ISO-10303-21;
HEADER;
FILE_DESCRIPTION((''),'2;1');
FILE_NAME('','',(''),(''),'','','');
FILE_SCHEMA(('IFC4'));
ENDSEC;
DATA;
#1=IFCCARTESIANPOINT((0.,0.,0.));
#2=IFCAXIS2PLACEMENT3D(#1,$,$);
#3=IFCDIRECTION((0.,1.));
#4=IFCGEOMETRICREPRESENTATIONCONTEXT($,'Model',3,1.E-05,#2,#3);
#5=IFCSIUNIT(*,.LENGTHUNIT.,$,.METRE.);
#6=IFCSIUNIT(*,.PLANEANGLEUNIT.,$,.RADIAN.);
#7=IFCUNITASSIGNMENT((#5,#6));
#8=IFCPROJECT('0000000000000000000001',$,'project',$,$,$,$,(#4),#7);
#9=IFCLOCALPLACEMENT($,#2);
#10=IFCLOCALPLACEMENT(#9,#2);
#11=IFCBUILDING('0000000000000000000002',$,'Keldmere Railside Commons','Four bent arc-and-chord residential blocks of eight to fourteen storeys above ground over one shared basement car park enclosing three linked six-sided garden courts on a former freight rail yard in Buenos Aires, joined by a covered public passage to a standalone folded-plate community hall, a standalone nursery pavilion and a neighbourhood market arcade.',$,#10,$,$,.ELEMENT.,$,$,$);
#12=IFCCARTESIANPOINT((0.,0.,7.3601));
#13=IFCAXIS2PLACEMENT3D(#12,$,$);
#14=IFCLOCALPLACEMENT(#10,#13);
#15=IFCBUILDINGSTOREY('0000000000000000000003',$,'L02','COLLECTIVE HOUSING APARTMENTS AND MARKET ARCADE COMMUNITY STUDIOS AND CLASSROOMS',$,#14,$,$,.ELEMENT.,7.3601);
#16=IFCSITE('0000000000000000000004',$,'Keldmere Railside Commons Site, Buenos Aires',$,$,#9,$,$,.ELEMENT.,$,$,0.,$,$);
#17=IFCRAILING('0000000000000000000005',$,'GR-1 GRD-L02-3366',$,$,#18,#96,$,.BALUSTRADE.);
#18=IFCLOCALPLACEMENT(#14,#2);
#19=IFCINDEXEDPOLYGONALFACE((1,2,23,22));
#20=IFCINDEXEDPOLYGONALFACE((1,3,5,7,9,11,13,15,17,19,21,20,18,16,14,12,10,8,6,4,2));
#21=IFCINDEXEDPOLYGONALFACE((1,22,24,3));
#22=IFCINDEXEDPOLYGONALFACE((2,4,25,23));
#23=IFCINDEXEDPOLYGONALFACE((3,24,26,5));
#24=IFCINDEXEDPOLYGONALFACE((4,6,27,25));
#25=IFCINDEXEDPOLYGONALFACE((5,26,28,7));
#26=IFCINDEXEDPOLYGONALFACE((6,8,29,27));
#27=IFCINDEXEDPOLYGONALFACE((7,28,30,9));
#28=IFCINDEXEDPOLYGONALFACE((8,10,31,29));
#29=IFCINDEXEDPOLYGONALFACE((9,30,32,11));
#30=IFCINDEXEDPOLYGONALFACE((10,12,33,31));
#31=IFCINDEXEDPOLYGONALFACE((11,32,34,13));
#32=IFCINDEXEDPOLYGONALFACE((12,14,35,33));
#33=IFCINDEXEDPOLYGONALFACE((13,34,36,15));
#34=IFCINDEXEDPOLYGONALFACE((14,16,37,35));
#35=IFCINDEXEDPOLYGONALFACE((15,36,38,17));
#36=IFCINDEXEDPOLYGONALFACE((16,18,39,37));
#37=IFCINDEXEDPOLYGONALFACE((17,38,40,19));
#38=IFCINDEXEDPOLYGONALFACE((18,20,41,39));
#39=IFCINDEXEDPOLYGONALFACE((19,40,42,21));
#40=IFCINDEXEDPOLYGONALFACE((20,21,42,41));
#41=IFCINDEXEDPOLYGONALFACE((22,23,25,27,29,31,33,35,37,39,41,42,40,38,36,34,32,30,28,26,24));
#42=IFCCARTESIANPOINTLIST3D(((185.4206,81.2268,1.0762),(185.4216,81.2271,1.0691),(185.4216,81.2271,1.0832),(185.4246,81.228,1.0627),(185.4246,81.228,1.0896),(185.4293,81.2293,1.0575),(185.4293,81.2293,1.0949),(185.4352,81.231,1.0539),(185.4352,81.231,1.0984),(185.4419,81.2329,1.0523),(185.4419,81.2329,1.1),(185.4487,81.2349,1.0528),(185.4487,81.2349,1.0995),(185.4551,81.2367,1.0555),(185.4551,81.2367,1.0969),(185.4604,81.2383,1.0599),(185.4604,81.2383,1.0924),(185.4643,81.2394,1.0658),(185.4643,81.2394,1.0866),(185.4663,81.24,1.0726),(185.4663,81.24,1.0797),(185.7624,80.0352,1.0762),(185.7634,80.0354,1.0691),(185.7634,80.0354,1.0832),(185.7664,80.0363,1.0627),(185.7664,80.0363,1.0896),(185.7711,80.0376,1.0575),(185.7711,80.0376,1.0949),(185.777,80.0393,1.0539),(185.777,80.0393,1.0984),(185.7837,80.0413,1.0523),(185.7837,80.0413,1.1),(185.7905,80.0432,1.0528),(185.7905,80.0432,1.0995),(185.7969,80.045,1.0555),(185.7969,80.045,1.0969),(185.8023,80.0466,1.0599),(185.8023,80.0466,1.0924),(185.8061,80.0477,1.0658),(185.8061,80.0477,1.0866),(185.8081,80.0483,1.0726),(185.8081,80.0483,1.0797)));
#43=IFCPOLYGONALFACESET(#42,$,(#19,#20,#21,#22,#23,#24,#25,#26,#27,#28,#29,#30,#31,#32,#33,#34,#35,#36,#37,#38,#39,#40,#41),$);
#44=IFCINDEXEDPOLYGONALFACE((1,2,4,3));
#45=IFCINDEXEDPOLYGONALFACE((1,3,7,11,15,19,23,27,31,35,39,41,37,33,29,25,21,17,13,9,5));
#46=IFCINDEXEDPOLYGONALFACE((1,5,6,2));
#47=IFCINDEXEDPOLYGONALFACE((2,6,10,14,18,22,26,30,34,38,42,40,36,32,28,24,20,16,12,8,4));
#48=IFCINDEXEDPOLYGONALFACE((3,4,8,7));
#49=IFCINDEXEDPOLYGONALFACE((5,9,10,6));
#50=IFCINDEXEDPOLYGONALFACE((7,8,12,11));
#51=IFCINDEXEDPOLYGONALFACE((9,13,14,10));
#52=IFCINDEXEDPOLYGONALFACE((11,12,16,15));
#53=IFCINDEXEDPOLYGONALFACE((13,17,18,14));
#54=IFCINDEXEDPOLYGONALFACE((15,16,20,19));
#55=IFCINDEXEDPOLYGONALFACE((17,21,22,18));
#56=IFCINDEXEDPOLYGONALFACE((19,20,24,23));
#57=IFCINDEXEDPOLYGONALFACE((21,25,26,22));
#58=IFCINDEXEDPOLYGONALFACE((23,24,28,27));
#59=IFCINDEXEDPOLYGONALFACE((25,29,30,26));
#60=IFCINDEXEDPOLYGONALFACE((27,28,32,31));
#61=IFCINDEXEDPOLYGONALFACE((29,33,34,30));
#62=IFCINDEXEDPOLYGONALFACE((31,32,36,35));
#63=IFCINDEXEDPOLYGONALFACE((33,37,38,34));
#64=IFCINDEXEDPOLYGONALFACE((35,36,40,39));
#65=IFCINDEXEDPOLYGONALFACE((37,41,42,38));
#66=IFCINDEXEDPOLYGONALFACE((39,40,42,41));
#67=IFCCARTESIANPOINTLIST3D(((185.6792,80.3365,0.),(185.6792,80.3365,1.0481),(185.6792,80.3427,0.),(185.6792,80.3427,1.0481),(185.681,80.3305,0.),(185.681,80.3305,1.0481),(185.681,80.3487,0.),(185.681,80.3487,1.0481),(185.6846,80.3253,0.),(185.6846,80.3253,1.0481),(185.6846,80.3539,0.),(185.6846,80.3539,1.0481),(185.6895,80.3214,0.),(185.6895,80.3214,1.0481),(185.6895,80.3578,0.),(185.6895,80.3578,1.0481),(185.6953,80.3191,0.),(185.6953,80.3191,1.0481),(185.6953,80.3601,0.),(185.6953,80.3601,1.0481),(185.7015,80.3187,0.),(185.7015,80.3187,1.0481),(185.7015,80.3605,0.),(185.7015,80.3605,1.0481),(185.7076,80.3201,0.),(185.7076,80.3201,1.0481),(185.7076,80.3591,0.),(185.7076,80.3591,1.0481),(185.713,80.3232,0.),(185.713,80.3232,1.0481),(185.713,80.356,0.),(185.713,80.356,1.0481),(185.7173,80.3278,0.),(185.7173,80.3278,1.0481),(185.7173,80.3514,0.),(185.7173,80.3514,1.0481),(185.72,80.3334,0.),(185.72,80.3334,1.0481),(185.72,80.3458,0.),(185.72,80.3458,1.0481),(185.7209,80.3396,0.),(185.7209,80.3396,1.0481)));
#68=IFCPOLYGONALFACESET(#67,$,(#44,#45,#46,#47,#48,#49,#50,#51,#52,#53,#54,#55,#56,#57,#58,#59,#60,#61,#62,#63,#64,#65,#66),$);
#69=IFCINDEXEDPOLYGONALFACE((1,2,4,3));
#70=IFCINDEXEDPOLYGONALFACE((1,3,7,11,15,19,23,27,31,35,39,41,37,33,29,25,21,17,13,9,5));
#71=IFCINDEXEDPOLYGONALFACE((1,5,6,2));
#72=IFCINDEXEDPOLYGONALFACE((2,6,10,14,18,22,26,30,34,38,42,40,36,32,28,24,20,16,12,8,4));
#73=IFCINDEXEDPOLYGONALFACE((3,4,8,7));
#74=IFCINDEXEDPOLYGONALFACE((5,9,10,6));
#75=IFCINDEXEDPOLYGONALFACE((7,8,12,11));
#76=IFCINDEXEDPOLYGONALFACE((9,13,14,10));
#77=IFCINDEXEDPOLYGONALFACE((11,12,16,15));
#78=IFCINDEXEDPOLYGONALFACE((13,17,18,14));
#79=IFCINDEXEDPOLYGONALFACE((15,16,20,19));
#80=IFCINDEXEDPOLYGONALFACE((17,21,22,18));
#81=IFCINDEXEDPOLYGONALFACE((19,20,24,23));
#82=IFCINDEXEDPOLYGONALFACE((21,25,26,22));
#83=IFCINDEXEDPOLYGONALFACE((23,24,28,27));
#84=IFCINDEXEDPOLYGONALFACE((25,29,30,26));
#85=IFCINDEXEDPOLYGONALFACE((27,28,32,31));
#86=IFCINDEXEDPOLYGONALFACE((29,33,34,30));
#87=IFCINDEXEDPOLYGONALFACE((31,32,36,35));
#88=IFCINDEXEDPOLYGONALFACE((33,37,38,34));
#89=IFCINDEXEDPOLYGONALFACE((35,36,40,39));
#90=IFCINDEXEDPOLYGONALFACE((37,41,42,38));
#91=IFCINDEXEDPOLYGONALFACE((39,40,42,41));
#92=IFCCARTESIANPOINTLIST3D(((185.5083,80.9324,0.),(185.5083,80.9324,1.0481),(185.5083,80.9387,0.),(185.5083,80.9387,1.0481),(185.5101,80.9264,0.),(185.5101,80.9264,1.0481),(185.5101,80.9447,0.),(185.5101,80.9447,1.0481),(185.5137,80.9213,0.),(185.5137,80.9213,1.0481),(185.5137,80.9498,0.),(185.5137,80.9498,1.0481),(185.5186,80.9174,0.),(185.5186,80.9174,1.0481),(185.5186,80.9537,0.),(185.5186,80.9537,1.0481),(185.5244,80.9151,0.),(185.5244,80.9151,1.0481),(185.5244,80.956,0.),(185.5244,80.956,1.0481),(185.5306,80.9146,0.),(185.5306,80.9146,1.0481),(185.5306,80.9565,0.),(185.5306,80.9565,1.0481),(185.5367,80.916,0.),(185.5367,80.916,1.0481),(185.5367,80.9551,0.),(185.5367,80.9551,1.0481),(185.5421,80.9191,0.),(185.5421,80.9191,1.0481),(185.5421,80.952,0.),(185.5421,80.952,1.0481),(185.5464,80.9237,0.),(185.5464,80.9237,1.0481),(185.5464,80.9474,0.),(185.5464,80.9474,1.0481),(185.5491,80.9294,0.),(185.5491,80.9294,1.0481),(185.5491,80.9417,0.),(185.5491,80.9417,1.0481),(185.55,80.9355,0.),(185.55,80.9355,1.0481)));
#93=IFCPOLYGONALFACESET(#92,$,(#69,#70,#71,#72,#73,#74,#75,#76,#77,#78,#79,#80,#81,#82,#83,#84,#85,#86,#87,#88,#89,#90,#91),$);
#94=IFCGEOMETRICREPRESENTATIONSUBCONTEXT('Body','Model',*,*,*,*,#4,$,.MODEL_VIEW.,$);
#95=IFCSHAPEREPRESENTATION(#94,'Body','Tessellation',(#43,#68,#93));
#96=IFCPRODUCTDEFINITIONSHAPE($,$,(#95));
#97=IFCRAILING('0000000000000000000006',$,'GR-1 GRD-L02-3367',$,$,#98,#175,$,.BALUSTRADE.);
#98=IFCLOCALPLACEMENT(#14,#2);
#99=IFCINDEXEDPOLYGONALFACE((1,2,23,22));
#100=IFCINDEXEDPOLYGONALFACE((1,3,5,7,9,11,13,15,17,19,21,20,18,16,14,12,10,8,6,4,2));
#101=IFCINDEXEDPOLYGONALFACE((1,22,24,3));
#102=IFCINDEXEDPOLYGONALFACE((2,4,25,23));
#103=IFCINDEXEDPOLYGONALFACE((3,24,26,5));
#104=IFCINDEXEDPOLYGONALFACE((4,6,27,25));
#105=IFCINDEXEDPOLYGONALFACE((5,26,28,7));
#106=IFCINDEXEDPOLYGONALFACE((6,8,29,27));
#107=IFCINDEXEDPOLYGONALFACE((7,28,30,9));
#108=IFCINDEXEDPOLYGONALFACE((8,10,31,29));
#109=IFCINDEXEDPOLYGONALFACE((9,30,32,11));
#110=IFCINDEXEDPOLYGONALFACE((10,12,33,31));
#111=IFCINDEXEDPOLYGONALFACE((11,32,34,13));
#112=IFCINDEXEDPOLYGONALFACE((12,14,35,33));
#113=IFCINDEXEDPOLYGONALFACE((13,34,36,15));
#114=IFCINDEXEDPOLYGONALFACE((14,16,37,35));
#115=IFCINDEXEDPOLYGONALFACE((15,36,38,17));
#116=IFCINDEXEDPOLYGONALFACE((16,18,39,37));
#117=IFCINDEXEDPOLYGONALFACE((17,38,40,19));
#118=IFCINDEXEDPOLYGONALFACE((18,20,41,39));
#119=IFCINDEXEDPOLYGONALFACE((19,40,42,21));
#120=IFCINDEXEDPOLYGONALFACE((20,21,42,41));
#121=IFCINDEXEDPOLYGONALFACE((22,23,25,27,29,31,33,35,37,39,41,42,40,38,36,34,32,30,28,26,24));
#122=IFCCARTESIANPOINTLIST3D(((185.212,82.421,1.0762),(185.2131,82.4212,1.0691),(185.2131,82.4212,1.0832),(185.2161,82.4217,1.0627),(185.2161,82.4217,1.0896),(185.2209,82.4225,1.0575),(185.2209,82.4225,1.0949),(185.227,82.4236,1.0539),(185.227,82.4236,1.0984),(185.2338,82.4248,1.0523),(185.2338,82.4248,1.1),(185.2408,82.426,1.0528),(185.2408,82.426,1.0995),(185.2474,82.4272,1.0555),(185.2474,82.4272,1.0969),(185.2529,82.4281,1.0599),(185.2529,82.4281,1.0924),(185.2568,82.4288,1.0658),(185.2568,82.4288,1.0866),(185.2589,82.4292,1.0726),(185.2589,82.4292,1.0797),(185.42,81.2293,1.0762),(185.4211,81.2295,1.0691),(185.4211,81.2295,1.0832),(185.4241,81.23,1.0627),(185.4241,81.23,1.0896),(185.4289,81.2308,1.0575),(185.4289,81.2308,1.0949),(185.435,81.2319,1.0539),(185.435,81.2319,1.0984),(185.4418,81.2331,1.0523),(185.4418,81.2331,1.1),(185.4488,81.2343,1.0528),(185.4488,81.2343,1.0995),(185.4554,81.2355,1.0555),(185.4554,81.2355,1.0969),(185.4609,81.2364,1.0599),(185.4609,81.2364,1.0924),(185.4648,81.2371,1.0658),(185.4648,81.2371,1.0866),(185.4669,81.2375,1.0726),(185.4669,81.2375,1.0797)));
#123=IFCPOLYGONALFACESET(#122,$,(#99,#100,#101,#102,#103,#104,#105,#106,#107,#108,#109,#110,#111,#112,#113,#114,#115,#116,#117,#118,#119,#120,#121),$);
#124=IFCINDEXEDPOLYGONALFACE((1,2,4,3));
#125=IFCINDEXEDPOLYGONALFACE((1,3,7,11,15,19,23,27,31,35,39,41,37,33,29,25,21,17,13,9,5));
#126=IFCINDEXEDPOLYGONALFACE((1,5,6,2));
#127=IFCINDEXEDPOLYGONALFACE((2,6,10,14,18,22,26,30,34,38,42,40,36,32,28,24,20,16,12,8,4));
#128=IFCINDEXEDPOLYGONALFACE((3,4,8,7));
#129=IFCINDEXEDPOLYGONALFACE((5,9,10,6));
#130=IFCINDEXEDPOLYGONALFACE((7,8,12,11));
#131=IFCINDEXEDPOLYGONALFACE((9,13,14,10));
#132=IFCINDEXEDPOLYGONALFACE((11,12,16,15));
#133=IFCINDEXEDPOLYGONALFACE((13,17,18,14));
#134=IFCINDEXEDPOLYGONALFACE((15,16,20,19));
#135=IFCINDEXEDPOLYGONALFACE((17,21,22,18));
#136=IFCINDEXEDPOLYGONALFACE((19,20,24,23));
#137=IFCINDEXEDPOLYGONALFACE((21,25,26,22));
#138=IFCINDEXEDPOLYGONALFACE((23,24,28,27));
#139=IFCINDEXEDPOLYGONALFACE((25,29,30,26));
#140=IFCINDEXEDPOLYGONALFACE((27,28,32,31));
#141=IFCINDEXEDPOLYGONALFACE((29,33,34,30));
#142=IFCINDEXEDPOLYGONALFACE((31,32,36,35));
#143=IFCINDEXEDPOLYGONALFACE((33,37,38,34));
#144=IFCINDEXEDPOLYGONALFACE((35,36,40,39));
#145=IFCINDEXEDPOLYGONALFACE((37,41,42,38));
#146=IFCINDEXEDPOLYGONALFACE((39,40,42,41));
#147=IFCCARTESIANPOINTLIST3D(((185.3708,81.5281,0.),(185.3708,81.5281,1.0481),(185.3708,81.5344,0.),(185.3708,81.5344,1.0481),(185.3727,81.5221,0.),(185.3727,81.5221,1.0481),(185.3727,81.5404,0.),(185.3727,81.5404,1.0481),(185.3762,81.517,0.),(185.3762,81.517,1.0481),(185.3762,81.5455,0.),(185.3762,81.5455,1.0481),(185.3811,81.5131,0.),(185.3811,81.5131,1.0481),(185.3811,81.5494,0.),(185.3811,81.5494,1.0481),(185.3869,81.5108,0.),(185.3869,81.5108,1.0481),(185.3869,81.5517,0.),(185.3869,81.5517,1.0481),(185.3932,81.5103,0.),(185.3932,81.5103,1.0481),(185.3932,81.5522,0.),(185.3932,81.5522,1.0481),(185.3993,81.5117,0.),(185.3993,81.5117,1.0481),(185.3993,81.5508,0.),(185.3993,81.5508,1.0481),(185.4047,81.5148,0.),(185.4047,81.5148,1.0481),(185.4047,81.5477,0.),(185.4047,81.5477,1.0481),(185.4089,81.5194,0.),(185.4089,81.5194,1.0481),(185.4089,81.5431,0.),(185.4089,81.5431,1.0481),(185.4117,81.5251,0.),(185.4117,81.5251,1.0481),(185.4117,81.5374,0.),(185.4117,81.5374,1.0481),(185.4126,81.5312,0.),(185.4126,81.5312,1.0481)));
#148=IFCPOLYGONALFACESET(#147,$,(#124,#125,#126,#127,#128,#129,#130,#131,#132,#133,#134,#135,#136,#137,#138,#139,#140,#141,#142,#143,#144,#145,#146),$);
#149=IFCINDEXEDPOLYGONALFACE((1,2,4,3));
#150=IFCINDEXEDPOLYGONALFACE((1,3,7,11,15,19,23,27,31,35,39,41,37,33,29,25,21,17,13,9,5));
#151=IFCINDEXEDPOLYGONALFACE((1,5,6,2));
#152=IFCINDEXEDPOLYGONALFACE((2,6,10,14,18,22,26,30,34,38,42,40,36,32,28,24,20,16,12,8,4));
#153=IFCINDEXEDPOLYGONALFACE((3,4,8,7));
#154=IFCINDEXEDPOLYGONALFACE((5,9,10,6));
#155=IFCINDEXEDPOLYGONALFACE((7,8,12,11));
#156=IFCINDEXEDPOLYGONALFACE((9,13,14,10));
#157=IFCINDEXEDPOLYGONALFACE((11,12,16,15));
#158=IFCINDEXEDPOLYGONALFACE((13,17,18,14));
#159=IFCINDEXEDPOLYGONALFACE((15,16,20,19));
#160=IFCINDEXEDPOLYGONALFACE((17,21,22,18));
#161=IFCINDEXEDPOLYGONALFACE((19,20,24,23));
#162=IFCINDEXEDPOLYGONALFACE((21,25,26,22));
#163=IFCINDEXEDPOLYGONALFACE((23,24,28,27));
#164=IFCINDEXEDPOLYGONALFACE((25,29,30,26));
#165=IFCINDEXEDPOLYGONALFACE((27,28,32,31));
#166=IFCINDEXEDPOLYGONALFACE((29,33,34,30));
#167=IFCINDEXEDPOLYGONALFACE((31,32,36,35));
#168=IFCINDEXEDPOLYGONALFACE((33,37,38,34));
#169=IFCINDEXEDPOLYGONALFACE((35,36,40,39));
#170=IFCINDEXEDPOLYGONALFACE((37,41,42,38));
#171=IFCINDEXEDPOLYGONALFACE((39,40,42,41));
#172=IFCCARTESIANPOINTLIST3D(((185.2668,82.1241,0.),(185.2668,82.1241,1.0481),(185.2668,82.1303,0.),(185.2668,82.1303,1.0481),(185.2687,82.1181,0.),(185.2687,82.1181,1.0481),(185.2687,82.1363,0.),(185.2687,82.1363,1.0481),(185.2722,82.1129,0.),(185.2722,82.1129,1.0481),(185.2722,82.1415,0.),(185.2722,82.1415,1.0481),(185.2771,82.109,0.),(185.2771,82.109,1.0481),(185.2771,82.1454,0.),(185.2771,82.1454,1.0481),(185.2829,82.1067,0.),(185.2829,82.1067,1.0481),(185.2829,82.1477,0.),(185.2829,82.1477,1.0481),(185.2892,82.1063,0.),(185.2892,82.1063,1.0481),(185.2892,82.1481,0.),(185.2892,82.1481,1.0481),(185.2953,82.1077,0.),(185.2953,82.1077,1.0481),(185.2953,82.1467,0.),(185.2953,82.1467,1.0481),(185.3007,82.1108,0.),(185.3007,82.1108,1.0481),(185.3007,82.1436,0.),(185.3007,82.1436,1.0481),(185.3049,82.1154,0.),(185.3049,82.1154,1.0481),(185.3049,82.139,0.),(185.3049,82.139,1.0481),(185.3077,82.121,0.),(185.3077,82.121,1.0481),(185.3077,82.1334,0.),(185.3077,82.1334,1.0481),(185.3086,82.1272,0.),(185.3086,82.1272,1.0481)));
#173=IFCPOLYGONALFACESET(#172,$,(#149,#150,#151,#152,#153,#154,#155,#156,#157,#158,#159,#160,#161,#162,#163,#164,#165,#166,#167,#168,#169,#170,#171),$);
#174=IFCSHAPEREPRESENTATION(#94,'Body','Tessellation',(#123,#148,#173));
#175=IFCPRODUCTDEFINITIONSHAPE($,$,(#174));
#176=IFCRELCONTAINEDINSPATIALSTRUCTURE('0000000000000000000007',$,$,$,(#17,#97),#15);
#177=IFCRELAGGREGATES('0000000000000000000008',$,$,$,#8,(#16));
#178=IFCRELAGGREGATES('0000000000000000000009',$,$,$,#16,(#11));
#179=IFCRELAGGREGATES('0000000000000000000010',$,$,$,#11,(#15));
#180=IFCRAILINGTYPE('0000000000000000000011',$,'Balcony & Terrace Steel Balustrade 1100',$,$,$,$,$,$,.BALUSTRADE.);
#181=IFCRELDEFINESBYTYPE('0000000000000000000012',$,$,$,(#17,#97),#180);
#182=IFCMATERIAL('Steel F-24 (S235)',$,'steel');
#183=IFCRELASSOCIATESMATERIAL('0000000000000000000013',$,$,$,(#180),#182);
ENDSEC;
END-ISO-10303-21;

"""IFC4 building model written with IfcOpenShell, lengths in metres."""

from ifc_helpers import new_model, si_unit, direction, frame, origin, origin_2d, place, context, subcontext, project, spatial, circle, extrude, material, type_object, element, save


model = new_model("IFC4")

# Units and contexts
model_context = context("Model", 3, precision=1e-05, world=origin(), true_north=direction((0.0, 1.0)))
body_context = subcontext(model_context, "Body", "Model", "MODEL_VIEW")
ifc_project = project(units=[si_unit("LENGTHUNIT", "METRE"), si_unit("PLANEANGLEUNIT", "RADIAN")], contexts=[model_context])

# Site, building, storey
site_placement = place(None, origin())
site = spatial("IfcSite", under=ifc_project, at=site_placement, Name="Keldmere Railside Commons Site, Buenos Aires", CompositionType="ELEMENT", RefElevation=0.0)
building_placement = place(site_placement, origin())
building = spatial("IfcBuilding", under=site, at=building_placement, Name="Keldmere Railside Commons", Description="Four bent arc-and-chord residential blocks of eight to fourteen storeys above ground over one shared basement car park enclosing three linked six-sided garden courts on a former freight rail yard in Buenos Aires, joined by a covered public passage to a standalone folded-plate community hall, a standalone nursery pavilion and a neighbourhood market arcade.", CompositionType="ELEMENT")
storey_placement = place(building_placement, frame((0.0, 0.0, 7.3601)))
storey = spatial("IfcBuildingStorey", under=building, at=storey_placement, Name="L02", Description="COLLECTIVE HOUSING APARTMENTS AND MARKET ARCADE COMMUNITY STUDIOS AND CLASSROOMS", CompositionType="ELEMENT", Elevation=7.3601)

# Railings
ifc_material_1 = material(Name="Steel F-24 (S235)", Category="steel")
railing_type = type_object("IfcRailingType", Name="Balcony & Terrace Steel Balustrade 1100", PredefinedType="BALUSTRADE", material=ifc_material_1)
railing_1_placement = place(storey_placement, frame((185.7854, 80.0417, 0.0)))
element("IfcRailing", 1, at=railing_1_placement, inside=storey, type_object=railing_type, Name="GR-1 GRD-L02-3366", PredefinedType="BALUSTRADE", context=body_context, shape_type="SweptSolid", body=[
    extrude(circle(Radius=0.0239, at=origin_2d()), frame((0.0, 0.0, 1.0762), z_axis=(-0.275709, 0.961241, 0.0), x_axis=(-0.961241, -0.275709, 0.0)), (0.0, 0.0, 1.0), 1.2397),
    extrude(circle(Radius=0.021, at=origin_2d()), frame((-0.0854, 0.2979, 0.0)), (0.0, 0.0, 1.0), 1.0481),
    extrude(circle(Radius=0.021, at=origin_2d()), frame((-0.2563, 0.8938, 0.0)), (0.0, 0.0, 1.0), 1.0481),
])
railing_2_placement = place(storey_placement, frame((185.4436, 81.2334, 0.0)))
element("IfcRailing", 2, at=railing_2_placement, inside=storey, type_object=railing_type, Name="GR-1 GRD-L02-3367", PredefinedType="BALUSTRADE", context=body_context, shape_type="SweptSolid", body=[
    extrude(circle(Radius=0.0239, at=origin_2d()), frame((0.0, 0.0, 1.0762), z_axis=(-0.171954, 0.985105, 0.0), x_axis=(-0.985105, -0.171954, 0.0)), (0.0, 0.0, 1.0), 1.2097),
    extrude(circle(Radius=0.021, at=origin_2d()), frame((-0.052, 0.2979, 0.0)), (0.0, 0.0, 1.0), 1.0481),
    extrude(circle(Radius=0.021, at=origin_2d()), frame((-0.156, 0.8938, 0.0)), (0.0, 0.0, 1.0), 1.0481),
])

save(model, "model.ifc")
